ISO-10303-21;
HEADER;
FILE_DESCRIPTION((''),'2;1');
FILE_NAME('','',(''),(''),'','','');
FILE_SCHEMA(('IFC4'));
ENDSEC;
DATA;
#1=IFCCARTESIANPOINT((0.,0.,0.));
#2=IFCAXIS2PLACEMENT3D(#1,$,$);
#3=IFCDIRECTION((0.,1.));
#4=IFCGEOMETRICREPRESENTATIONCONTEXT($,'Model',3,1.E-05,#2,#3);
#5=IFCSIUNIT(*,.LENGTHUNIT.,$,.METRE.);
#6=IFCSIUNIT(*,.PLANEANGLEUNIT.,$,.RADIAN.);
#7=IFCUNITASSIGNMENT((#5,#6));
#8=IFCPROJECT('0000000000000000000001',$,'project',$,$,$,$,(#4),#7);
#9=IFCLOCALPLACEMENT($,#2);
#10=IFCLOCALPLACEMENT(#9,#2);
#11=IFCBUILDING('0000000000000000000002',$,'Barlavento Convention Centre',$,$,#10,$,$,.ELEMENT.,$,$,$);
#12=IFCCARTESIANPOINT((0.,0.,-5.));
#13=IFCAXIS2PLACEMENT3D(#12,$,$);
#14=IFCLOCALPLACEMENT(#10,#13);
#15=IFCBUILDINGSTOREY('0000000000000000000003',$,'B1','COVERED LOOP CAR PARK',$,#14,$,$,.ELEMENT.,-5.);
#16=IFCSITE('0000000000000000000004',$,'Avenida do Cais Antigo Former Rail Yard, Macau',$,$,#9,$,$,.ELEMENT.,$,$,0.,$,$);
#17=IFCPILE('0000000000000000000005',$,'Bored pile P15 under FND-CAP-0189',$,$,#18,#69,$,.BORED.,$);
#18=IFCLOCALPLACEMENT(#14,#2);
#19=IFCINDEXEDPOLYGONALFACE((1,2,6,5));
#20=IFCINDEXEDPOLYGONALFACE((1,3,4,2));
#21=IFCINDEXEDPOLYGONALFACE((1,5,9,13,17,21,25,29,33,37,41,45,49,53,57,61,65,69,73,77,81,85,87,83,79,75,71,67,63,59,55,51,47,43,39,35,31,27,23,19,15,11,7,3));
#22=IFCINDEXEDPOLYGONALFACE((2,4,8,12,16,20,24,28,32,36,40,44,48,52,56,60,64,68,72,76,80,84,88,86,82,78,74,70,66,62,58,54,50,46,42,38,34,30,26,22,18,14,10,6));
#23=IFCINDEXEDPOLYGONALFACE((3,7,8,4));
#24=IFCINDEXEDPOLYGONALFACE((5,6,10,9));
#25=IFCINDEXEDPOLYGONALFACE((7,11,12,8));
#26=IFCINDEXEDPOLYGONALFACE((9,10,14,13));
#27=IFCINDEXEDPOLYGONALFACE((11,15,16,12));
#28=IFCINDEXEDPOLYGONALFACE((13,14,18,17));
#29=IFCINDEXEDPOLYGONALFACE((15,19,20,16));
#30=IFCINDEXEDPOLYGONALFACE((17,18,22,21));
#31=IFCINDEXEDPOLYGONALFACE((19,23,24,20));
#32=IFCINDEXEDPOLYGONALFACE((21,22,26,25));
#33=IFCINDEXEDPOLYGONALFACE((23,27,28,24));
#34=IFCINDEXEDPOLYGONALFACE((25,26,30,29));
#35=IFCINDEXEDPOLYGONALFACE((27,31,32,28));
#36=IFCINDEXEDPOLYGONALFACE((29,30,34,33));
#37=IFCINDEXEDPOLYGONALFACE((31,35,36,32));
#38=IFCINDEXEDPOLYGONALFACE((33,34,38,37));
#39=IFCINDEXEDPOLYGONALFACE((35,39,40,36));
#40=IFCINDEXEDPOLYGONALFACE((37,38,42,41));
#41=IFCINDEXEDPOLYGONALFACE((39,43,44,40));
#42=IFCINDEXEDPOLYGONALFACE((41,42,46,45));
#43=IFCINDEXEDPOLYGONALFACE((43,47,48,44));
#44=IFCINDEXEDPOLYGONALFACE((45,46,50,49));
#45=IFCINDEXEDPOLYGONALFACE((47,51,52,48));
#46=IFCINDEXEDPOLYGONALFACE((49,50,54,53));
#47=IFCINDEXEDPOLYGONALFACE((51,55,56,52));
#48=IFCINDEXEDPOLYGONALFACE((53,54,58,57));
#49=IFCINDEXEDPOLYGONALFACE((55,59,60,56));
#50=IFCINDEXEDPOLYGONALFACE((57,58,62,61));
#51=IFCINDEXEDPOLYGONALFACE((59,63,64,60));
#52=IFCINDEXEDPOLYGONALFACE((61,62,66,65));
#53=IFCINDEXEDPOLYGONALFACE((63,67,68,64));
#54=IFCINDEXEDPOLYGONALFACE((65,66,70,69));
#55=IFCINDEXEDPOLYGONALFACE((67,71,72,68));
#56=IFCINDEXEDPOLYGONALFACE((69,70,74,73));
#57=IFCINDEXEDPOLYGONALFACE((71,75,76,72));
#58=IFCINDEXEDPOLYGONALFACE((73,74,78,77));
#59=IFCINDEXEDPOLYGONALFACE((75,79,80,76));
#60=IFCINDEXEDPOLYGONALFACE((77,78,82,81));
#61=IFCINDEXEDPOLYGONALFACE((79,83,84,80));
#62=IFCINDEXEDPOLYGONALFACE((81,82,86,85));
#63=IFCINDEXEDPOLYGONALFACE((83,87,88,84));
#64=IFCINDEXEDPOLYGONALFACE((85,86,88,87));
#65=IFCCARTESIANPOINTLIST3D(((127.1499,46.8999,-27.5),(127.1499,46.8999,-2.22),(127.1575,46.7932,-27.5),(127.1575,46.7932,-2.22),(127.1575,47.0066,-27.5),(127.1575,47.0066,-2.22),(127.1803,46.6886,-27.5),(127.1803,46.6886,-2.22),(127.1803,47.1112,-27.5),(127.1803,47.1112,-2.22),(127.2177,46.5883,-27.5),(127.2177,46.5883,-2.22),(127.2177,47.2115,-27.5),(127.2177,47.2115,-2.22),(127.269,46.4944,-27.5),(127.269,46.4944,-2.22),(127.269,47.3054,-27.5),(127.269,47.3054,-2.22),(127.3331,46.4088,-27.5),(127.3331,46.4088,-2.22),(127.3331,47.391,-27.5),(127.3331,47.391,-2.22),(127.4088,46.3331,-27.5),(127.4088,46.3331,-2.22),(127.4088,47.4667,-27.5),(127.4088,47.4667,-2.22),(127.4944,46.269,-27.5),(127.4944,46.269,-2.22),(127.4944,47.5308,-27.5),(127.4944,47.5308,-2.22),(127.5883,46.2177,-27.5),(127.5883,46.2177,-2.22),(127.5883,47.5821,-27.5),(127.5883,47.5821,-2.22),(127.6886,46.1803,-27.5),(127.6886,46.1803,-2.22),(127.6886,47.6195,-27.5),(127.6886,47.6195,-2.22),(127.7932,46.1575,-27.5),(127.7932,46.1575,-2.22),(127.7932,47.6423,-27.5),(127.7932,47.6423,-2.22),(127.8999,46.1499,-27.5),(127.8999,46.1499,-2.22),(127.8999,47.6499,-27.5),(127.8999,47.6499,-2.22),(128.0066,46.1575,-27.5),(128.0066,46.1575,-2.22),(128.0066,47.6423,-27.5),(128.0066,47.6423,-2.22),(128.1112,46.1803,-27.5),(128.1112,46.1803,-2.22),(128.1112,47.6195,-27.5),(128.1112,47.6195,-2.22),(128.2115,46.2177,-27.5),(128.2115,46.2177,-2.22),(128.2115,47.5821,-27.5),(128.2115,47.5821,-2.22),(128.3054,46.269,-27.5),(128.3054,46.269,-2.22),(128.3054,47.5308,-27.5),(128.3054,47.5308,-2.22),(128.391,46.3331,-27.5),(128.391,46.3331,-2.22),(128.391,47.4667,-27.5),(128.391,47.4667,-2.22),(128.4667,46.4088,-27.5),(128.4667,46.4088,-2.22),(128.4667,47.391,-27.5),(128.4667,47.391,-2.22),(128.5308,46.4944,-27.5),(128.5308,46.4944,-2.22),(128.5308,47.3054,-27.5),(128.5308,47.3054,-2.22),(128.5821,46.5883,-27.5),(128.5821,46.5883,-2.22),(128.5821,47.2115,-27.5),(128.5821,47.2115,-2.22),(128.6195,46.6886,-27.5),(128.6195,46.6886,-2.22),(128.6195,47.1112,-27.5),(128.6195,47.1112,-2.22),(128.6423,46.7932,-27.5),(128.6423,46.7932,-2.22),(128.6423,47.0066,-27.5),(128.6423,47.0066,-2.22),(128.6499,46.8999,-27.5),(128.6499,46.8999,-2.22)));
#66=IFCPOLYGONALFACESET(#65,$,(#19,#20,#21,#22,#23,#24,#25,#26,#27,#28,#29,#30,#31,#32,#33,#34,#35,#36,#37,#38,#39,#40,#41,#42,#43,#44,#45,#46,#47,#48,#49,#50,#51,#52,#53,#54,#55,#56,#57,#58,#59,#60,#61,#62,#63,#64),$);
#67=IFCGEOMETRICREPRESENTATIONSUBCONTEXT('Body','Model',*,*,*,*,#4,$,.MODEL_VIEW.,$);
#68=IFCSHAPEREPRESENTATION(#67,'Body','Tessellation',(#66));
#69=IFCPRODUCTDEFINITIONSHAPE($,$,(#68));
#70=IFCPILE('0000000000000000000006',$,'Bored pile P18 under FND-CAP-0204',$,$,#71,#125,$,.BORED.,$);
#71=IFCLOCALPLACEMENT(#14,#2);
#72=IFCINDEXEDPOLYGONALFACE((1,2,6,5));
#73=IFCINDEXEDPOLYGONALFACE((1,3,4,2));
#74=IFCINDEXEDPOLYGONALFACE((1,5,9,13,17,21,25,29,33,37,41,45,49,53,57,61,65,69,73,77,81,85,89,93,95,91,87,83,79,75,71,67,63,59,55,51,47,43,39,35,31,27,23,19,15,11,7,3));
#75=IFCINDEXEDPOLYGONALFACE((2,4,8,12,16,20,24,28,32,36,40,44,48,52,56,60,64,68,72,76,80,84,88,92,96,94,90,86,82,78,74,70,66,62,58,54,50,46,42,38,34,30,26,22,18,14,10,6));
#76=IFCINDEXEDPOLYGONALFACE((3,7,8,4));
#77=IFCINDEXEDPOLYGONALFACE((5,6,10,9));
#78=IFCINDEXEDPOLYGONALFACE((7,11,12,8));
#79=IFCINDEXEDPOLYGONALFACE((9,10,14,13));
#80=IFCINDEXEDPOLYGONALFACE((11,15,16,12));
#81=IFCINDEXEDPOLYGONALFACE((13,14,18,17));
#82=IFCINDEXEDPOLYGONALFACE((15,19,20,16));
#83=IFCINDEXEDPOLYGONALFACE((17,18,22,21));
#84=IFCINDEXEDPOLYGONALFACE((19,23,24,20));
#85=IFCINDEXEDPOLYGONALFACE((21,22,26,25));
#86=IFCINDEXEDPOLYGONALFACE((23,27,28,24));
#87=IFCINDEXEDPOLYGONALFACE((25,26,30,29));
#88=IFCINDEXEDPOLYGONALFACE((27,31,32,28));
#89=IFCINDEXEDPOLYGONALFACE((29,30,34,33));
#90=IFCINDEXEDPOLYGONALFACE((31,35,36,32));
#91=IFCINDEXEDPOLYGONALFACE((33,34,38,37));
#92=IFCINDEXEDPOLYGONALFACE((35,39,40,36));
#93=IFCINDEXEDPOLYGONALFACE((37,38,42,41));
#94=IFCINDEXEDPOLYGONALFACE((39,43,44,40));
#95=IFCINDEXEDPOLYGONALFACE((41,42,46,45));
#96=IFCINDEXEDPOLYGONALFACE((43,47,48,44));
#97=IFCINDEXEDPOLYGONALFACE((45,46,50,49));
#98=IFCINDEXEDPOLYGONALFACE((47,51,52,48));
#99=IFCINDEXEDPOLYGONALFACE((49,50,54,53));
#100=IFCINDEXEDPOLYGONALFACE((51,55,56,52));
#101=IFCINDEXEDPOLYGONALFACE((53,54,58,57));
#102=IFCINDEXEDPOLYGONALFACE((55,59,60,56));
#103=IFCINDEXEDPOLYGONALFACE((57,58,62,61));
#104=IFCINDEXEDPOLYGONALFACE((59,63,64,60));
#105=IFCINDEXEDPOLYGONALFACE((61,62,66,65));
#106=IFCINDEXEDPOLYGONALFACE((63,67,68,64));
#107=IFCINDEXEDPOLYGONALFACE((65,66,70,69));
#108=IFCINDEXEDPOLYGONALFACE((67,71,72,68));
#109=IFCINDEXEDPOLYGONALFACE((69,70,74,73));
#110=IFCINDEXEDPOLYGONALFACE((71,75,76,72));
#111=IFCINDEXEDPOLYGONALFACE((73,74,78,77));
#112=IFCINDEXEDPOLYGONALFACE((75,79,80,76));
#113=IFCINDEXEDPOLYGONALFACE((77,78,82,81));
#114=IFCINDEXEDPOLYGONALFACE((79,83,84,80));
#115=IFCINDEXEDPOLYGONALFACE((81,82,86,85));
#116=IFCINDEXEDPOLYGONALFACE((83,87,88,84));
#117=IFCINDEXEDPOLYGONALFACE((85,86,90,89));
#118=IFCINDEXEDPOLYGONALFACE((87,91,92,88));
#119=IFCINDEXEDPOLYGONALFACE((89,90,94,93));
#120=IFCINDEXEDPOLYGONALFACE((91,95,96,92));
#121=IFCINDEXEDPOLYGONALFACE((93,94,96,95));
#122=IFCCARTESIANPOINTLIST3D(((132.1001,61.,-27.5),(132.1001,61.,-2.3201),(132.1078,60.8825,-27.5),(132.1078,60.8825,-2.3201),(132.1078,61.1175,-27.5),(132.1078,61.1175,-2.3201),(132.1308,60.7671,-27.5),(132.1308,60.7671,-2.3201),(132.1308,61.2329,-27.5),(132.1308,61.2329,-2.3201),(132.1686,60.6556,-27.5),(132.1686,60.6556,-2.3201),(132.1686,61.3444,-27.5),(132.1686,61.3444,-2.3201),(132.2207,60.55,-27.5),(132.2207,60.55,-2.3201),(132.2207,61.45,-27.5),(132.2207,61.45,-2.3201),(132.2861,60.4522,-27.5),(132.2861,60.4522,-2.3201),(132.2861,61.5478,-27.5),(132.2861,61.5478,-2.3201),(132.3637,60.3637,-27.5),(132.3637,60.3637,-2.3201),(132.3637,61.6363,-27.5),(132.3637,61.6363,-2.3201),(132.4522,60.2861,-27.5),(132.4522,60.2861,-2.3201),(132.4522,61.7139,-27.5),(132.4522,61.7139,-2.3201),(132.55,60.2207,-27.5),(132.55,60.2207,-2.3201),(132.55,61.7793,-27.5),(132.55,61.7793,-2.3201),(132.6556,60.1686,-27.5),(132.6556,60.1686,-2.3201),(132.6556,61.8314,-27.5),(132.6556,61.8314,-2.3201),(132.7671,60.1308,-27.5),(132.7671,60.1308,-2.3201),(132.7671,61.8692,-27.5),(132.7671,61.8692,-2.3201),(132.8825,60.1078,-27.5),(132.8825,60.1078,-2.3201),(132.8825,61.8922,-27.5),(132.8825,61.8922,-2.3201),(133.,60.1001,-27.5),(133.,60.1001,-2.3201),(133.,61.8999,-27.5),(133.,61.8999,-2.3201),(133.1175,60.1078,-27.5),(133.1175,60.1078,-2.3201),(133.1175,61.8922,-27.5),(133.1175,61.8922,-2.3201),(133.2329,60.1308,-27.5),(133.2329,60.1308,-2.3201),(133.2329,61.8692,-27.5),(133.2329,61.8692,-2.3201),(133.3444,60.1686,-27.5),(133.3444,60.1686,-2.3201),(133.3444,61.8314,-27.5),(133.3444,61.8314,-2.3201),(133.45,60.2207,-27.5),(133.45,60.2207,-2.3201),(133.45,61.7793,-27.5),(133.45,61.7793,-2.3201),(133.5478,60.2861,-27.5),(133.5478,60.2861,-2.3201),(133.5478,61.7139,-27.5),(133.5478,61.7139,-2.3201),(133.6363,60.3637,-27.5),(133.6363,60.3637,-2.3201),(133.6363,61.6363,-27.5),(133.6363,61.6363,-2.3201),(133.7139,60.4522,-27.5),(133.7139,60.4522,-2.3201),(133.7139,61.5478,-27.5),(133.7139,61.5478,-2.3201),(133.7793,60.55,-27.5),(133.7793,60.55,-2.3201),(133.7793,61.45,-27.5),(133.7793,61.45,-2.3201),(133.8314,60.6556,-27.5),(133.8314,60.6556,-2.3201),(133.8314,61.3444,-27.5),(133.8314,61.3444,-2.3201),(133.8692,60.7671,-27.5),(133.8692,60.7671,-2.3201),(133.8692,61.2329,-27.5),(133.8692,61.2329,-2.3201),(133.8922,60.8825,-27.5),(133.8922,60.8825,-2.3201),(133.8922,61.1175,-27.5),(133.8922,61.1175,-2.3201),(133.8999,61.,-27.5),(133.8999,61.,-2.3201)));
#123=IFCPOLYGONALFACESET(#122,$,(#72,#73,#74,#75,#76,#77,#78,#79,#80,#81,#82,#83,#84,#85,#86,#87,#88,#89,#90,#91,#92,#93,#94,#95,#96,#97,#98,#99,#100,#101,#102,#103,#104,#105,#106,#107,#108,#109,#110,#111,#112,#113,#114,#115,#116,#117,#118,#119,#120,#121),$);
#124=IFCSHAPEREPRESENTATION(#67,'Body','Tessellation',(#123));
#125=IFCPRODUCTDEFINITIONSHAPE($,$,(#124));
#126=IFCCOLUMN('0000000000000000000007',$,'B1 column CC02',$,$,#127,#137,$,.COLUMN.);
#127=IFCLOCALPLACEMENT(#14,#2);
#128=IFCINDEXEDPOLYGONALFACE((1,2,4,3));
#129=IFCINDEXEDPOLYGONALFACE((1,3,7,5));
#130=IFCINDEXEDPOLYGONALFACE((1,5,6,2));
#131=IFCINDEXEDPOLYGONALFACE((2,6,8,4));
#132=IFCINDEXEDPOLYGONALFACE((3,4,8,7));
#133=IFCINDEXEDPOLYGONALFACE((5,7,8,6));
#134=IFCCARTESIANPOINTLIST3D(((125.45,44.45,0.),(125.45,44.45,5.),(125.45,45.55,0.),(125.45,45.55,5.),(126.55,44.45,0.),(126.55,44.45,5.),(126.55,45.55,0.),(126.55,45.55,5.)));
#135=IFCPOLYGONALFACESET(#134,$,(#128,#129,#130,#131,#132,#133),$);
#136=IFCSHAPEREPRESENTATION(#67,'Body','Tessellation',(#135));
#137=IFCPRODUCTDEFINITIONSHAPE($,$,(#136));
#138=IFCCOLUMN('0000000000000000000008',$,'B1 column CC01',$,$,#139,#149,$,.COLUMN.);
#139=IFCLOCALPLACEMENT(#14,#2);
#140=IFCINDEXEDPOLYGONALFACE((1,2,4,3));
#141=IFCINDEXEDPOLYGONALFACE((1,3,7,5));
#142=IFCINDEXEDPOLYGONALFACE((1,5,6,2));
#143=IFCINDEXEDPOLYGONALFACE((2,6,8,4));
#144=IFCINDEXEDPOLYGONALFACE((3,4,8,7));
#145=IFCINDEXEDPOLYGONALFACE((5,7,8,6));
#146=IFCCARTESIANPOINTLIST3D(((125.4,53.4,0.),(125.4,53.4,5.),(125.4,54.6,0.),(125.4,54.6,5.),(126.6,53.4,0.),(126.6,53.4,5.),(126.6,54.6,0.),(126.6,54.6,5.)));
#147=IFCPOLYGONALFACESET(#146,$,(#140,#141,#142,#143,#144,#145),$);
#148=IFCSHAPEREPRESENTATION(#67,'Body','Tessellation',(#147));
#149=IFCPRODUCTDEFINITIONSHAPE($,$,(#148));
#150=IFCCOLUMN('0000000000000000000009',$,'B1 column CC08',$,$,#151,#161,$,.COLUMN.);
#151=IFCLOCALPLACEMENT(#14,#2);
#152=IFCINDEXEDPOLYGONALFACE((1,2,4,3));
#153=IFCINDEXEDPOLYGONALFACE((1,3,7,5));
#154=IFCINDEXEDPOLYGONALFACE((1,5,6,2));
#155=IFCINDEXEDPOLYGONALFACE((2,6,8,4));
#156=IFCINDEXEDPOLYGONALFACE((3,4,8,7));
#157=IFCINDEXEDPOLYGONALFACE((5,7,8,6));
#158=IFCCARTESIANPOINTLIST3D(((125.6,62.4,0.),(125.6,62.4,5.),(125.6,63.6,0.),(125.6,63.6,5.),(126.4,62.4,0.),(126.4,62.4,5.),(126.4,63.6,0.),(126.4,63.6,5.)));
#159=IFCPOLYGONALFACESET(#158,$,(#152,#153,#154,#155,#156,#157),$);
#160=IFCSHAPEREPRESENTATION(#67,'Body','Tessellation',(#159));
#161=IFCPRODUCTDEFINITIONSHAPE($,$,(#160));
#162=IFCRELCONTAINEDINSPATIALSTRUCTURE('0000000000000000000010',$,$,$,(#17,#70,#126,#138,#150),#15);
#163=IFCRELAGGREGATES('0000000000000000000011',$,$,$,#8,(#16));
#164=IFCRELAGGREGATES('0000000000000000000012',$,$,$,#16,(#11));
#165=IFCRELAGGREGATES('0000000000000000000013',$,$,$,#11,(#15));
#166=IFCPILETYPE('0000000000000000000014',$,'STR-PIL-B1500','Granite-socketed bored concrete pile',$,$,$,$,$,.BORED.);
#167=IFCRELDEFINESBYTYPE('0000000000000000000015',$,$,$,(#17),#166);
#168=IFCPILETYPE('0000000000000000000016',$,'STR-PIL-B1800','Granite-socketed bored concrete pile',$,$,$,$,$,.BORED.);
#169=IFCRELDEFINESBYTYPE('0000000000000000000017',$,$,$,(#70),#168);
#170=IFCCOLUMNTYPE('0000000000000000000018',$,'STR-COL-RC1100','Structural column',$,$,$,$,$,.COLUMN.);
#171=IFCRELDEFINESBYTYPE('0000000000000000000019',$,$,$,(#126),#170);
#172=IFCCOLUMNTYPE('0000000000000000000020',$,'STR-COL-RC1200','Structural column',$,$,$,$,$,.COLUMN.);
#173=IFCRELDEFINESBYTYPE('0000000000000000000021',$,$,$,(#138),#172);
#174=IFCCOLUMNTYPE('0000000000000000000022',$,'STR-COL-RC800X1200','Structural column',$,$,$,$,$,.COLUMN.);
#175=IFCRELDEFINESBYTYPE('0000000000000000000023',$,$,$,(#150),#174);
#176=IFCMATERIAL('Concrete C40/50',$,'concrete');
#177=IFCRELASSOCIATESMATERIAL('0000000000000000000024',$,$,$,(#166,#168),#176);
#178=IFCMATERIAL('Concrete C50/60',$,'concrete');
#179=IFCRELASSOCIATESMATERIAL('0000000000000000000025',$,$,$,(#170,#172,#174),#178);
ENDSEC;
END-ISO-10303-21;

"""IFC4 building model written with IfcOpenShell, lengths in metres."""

from ifc_helpers import new_model, si_unit, direction, frame, origin, origin_2d, place, context, subcontext, project, spatial, rectangle, circle, extrude, material, material_profile, profile_set, type_object, element, save


model = new_model("IFC4")

# Units and contexts
model_context = context("Model", 3, precision=1e-05, world=origin(), true_north=direction((0.0, 1.0)))
body_context = subcontext(model_context, "Body", "Model", "MODEL_VIEW")
ifc_project = project(units=[si_unit("LENGTHUNIT", "METRE"), si_unit("PLANEANGLEUNIT", "RADIAN")], contexts=[model_context])

# Site, building, storey
site_placement = place(None, origin())
site = spatial("IfcSite", under=ifc_project, at=site_placement, Name="Avenida do Cais Antigo Former Rail Yard, Macau", CompositionType="ELEMENT", RefElevation=0.0)
building_placement = place(site_placement, origin())
building = spatial("IfcBuilding", under=site, at=building_placement, Name="Barlavento Convention Centre", CompositionType="ELEMENT")
storey_placement = place(building_placement, frame((0.0, 0.0, -5.0)))
storey = spatial("IfcBuildingStorey", under=building, at=storey_placement, Name="B1", Description="COVERED LOOP CAR PARK", CompositionType="ELEMENT", Elevation=-5.0)

# Shared definitions
ifc_material_1 = material(Name="Concrete C40/50", Category="concrete")

# Piles
ifc_material_profile_1 = material_profile(ifc_material_1, circle(Radius=0.75, at=origin_2d()), Name="BORED PILE 1500")
ifc_profile_set_1 = profile_set([ifc_material_profile_1], Name="Concrete C40/50")
pile_type_1 = type_object("IfcPileType", Name="STR-PIL-B1500", Description="Granite-socketed bored concrete pile", PredefinedType="BORED", material=ifc_profile_set_1)
for number, where, z_axis, x_axis, name in (
    (1, (127.8999, 46.8999, -2.22), (0.0, 0.0, -1.0), (1.0, 0.0, 0.0), "Bored pile P15 under FND-CAP-0189"),
):
    element("IfcPile", number, at=place(storey_placement, frame(where, z_axis=z_axis, x_axis=x_axis)), inside=storey, type_object=pile_type_1, Name=name, PredefinedType="BORED", context=body_context, shape_type="SweptSolid", body=[
        extrude(circle(Radius=0.75, at=origin_2d()), origin(), (0.0, 0.0, 1.0), 25.28),
    ])
ifc_material_profile_2 = material_profile(ifc_material_1, circle(Radius=0.8999, at=origin_2d()), Name="BORED PILE 1800")
ifc_profile_set_2 = profile_set([ifc_material_profile_2], Name="Concrete C40/50")
pile_type_2 = type_object("IfcPileType", Name="STR-PIL-B1800", Description="Granite-socketed bored concrete pile", PredefinedType="BORED", material=ifc_profile_set_2)
pile_placement = place(storey_placement, frame((133.0, 61.0, -2.3201), z_axis=(0.0, 0.0, -1.0), x_axis=(1.0, 0.0, 0.0)))
element("IfcPile", 2, at=pile_placement, inside=storey, type_object=pile_type_2, Name="Bored pile P18 under FND-CAP-0204", PredefinedType="BORED", context=body_context, shape_type="SweptSolid", body=[
    extrude(circle(Radius=0.8999, at=origin_2d()), origin(), (0.0, 0.0, 1.0), 25.1799),
])

# Columns
ifc_material_2 = material(Name="Concrete C50/60", Category="concrete")
ifc_material_profile_3 = material_profile(ifc_material_2, rectangle(XDim=1.1001, YDim=1.1001, at=origin_2d()), Name="RC 1100x1100")
ifc_profile_set_3 = profile_set([ifc_material_profile_3], Name="Concrete C50/60")
column_type_1 = type_object("IfcColumnType", Name="STR-COL-RC1100", Description="Structural column", PredefinedType="COLUMN", material=ifc_profile_set_3)
column_1_placement = place(storey_placement, frame((126.0, 45.0, 0.0), z_axis=(0.0, 0.0, 1.0), x_axis=(1.0, 0.0, 0.0)))
element("IfcColumn", 3, at=column_1_placement, inside=storey, type_object=column_type_1, Name="B1 column CC02", PredefinedType="COLUMN", context=body_context, shape_type="SweptSolid", body=[
    extrude(rectangle(XDim=1.1001, YDim=1.1001, at=origin_2d()), origin(), (0.0, 0.0, 1.0), 5.0),
])
ifc_material_profile_4 = material_profile(ifc_material_2, rectangle(XDim=1.2, YDim=1.2, at=origin_2d()), Name="RC 1200x1200")
ifc_profile_set_4 = profile_set([ifc_material_profile_4], Name="Concrete C50/60")
column_type_2 = type_object("IfcColumnType", Name="STR-COL-RC1200", Description="Structural column", PredefinedType="COLUMN", material=ifc_profile_set_4)
column_2_placement = place(storey_placement, frame((126.0, 54.0, 0.0), z_axis=(0.0, 0.0, 1.0), x_axis=(1.0, 0.0, 0.0)))
element("IfcColumn", 4, at=column_2_placement, inside=storey, type_object=column_type_2, Name="B1 column CC01", PredefinedType="COLUMN", context=body_context, shape_type="SweptSolid", body=[
    extrude(rectangle(XDim=1.2, YDim=1.2, at=origin_2d()), origin(), (0.0, 0.0, 1.0), 5.0),
])
ifc_material_profile_5 = material_profile(ifc_material_2, rectangle(XDim=0.8, YDim=1.2, at=origin_2d()), Name="RC 800x1200")
ifc_profile_set_5 = profile_set([ifc_material_profile_5], Name="Concrete C50/60")
column_type_3 = type_object("IfcColumnType", Name="STR-COL-RC800X1200", Description="Structural column", PredefinedType="COLUMN", material=ifc_profile_set_5)
column_3_placement = place(storey_placement, frame((126.0, 63.0, 0.0), z_axis=(0.0, 0.0, 1.0), x_axis=(1.0, 0.0, 0.0)))
element("IfcColumn", 5, at=column_3_placement, inside=storey, type_object=column_type_3, Name="B1 column CC08", PredefinedType="COLUMN", context=body_context, shape_type="SweptSolid", body=[
    extrude(rectangle(XDim=0.8, YDim=1.2, at=origin_2d()), origin(), (0.0, 0.0, 1.0), 5.0),
])

save(model, "model.ifc")
